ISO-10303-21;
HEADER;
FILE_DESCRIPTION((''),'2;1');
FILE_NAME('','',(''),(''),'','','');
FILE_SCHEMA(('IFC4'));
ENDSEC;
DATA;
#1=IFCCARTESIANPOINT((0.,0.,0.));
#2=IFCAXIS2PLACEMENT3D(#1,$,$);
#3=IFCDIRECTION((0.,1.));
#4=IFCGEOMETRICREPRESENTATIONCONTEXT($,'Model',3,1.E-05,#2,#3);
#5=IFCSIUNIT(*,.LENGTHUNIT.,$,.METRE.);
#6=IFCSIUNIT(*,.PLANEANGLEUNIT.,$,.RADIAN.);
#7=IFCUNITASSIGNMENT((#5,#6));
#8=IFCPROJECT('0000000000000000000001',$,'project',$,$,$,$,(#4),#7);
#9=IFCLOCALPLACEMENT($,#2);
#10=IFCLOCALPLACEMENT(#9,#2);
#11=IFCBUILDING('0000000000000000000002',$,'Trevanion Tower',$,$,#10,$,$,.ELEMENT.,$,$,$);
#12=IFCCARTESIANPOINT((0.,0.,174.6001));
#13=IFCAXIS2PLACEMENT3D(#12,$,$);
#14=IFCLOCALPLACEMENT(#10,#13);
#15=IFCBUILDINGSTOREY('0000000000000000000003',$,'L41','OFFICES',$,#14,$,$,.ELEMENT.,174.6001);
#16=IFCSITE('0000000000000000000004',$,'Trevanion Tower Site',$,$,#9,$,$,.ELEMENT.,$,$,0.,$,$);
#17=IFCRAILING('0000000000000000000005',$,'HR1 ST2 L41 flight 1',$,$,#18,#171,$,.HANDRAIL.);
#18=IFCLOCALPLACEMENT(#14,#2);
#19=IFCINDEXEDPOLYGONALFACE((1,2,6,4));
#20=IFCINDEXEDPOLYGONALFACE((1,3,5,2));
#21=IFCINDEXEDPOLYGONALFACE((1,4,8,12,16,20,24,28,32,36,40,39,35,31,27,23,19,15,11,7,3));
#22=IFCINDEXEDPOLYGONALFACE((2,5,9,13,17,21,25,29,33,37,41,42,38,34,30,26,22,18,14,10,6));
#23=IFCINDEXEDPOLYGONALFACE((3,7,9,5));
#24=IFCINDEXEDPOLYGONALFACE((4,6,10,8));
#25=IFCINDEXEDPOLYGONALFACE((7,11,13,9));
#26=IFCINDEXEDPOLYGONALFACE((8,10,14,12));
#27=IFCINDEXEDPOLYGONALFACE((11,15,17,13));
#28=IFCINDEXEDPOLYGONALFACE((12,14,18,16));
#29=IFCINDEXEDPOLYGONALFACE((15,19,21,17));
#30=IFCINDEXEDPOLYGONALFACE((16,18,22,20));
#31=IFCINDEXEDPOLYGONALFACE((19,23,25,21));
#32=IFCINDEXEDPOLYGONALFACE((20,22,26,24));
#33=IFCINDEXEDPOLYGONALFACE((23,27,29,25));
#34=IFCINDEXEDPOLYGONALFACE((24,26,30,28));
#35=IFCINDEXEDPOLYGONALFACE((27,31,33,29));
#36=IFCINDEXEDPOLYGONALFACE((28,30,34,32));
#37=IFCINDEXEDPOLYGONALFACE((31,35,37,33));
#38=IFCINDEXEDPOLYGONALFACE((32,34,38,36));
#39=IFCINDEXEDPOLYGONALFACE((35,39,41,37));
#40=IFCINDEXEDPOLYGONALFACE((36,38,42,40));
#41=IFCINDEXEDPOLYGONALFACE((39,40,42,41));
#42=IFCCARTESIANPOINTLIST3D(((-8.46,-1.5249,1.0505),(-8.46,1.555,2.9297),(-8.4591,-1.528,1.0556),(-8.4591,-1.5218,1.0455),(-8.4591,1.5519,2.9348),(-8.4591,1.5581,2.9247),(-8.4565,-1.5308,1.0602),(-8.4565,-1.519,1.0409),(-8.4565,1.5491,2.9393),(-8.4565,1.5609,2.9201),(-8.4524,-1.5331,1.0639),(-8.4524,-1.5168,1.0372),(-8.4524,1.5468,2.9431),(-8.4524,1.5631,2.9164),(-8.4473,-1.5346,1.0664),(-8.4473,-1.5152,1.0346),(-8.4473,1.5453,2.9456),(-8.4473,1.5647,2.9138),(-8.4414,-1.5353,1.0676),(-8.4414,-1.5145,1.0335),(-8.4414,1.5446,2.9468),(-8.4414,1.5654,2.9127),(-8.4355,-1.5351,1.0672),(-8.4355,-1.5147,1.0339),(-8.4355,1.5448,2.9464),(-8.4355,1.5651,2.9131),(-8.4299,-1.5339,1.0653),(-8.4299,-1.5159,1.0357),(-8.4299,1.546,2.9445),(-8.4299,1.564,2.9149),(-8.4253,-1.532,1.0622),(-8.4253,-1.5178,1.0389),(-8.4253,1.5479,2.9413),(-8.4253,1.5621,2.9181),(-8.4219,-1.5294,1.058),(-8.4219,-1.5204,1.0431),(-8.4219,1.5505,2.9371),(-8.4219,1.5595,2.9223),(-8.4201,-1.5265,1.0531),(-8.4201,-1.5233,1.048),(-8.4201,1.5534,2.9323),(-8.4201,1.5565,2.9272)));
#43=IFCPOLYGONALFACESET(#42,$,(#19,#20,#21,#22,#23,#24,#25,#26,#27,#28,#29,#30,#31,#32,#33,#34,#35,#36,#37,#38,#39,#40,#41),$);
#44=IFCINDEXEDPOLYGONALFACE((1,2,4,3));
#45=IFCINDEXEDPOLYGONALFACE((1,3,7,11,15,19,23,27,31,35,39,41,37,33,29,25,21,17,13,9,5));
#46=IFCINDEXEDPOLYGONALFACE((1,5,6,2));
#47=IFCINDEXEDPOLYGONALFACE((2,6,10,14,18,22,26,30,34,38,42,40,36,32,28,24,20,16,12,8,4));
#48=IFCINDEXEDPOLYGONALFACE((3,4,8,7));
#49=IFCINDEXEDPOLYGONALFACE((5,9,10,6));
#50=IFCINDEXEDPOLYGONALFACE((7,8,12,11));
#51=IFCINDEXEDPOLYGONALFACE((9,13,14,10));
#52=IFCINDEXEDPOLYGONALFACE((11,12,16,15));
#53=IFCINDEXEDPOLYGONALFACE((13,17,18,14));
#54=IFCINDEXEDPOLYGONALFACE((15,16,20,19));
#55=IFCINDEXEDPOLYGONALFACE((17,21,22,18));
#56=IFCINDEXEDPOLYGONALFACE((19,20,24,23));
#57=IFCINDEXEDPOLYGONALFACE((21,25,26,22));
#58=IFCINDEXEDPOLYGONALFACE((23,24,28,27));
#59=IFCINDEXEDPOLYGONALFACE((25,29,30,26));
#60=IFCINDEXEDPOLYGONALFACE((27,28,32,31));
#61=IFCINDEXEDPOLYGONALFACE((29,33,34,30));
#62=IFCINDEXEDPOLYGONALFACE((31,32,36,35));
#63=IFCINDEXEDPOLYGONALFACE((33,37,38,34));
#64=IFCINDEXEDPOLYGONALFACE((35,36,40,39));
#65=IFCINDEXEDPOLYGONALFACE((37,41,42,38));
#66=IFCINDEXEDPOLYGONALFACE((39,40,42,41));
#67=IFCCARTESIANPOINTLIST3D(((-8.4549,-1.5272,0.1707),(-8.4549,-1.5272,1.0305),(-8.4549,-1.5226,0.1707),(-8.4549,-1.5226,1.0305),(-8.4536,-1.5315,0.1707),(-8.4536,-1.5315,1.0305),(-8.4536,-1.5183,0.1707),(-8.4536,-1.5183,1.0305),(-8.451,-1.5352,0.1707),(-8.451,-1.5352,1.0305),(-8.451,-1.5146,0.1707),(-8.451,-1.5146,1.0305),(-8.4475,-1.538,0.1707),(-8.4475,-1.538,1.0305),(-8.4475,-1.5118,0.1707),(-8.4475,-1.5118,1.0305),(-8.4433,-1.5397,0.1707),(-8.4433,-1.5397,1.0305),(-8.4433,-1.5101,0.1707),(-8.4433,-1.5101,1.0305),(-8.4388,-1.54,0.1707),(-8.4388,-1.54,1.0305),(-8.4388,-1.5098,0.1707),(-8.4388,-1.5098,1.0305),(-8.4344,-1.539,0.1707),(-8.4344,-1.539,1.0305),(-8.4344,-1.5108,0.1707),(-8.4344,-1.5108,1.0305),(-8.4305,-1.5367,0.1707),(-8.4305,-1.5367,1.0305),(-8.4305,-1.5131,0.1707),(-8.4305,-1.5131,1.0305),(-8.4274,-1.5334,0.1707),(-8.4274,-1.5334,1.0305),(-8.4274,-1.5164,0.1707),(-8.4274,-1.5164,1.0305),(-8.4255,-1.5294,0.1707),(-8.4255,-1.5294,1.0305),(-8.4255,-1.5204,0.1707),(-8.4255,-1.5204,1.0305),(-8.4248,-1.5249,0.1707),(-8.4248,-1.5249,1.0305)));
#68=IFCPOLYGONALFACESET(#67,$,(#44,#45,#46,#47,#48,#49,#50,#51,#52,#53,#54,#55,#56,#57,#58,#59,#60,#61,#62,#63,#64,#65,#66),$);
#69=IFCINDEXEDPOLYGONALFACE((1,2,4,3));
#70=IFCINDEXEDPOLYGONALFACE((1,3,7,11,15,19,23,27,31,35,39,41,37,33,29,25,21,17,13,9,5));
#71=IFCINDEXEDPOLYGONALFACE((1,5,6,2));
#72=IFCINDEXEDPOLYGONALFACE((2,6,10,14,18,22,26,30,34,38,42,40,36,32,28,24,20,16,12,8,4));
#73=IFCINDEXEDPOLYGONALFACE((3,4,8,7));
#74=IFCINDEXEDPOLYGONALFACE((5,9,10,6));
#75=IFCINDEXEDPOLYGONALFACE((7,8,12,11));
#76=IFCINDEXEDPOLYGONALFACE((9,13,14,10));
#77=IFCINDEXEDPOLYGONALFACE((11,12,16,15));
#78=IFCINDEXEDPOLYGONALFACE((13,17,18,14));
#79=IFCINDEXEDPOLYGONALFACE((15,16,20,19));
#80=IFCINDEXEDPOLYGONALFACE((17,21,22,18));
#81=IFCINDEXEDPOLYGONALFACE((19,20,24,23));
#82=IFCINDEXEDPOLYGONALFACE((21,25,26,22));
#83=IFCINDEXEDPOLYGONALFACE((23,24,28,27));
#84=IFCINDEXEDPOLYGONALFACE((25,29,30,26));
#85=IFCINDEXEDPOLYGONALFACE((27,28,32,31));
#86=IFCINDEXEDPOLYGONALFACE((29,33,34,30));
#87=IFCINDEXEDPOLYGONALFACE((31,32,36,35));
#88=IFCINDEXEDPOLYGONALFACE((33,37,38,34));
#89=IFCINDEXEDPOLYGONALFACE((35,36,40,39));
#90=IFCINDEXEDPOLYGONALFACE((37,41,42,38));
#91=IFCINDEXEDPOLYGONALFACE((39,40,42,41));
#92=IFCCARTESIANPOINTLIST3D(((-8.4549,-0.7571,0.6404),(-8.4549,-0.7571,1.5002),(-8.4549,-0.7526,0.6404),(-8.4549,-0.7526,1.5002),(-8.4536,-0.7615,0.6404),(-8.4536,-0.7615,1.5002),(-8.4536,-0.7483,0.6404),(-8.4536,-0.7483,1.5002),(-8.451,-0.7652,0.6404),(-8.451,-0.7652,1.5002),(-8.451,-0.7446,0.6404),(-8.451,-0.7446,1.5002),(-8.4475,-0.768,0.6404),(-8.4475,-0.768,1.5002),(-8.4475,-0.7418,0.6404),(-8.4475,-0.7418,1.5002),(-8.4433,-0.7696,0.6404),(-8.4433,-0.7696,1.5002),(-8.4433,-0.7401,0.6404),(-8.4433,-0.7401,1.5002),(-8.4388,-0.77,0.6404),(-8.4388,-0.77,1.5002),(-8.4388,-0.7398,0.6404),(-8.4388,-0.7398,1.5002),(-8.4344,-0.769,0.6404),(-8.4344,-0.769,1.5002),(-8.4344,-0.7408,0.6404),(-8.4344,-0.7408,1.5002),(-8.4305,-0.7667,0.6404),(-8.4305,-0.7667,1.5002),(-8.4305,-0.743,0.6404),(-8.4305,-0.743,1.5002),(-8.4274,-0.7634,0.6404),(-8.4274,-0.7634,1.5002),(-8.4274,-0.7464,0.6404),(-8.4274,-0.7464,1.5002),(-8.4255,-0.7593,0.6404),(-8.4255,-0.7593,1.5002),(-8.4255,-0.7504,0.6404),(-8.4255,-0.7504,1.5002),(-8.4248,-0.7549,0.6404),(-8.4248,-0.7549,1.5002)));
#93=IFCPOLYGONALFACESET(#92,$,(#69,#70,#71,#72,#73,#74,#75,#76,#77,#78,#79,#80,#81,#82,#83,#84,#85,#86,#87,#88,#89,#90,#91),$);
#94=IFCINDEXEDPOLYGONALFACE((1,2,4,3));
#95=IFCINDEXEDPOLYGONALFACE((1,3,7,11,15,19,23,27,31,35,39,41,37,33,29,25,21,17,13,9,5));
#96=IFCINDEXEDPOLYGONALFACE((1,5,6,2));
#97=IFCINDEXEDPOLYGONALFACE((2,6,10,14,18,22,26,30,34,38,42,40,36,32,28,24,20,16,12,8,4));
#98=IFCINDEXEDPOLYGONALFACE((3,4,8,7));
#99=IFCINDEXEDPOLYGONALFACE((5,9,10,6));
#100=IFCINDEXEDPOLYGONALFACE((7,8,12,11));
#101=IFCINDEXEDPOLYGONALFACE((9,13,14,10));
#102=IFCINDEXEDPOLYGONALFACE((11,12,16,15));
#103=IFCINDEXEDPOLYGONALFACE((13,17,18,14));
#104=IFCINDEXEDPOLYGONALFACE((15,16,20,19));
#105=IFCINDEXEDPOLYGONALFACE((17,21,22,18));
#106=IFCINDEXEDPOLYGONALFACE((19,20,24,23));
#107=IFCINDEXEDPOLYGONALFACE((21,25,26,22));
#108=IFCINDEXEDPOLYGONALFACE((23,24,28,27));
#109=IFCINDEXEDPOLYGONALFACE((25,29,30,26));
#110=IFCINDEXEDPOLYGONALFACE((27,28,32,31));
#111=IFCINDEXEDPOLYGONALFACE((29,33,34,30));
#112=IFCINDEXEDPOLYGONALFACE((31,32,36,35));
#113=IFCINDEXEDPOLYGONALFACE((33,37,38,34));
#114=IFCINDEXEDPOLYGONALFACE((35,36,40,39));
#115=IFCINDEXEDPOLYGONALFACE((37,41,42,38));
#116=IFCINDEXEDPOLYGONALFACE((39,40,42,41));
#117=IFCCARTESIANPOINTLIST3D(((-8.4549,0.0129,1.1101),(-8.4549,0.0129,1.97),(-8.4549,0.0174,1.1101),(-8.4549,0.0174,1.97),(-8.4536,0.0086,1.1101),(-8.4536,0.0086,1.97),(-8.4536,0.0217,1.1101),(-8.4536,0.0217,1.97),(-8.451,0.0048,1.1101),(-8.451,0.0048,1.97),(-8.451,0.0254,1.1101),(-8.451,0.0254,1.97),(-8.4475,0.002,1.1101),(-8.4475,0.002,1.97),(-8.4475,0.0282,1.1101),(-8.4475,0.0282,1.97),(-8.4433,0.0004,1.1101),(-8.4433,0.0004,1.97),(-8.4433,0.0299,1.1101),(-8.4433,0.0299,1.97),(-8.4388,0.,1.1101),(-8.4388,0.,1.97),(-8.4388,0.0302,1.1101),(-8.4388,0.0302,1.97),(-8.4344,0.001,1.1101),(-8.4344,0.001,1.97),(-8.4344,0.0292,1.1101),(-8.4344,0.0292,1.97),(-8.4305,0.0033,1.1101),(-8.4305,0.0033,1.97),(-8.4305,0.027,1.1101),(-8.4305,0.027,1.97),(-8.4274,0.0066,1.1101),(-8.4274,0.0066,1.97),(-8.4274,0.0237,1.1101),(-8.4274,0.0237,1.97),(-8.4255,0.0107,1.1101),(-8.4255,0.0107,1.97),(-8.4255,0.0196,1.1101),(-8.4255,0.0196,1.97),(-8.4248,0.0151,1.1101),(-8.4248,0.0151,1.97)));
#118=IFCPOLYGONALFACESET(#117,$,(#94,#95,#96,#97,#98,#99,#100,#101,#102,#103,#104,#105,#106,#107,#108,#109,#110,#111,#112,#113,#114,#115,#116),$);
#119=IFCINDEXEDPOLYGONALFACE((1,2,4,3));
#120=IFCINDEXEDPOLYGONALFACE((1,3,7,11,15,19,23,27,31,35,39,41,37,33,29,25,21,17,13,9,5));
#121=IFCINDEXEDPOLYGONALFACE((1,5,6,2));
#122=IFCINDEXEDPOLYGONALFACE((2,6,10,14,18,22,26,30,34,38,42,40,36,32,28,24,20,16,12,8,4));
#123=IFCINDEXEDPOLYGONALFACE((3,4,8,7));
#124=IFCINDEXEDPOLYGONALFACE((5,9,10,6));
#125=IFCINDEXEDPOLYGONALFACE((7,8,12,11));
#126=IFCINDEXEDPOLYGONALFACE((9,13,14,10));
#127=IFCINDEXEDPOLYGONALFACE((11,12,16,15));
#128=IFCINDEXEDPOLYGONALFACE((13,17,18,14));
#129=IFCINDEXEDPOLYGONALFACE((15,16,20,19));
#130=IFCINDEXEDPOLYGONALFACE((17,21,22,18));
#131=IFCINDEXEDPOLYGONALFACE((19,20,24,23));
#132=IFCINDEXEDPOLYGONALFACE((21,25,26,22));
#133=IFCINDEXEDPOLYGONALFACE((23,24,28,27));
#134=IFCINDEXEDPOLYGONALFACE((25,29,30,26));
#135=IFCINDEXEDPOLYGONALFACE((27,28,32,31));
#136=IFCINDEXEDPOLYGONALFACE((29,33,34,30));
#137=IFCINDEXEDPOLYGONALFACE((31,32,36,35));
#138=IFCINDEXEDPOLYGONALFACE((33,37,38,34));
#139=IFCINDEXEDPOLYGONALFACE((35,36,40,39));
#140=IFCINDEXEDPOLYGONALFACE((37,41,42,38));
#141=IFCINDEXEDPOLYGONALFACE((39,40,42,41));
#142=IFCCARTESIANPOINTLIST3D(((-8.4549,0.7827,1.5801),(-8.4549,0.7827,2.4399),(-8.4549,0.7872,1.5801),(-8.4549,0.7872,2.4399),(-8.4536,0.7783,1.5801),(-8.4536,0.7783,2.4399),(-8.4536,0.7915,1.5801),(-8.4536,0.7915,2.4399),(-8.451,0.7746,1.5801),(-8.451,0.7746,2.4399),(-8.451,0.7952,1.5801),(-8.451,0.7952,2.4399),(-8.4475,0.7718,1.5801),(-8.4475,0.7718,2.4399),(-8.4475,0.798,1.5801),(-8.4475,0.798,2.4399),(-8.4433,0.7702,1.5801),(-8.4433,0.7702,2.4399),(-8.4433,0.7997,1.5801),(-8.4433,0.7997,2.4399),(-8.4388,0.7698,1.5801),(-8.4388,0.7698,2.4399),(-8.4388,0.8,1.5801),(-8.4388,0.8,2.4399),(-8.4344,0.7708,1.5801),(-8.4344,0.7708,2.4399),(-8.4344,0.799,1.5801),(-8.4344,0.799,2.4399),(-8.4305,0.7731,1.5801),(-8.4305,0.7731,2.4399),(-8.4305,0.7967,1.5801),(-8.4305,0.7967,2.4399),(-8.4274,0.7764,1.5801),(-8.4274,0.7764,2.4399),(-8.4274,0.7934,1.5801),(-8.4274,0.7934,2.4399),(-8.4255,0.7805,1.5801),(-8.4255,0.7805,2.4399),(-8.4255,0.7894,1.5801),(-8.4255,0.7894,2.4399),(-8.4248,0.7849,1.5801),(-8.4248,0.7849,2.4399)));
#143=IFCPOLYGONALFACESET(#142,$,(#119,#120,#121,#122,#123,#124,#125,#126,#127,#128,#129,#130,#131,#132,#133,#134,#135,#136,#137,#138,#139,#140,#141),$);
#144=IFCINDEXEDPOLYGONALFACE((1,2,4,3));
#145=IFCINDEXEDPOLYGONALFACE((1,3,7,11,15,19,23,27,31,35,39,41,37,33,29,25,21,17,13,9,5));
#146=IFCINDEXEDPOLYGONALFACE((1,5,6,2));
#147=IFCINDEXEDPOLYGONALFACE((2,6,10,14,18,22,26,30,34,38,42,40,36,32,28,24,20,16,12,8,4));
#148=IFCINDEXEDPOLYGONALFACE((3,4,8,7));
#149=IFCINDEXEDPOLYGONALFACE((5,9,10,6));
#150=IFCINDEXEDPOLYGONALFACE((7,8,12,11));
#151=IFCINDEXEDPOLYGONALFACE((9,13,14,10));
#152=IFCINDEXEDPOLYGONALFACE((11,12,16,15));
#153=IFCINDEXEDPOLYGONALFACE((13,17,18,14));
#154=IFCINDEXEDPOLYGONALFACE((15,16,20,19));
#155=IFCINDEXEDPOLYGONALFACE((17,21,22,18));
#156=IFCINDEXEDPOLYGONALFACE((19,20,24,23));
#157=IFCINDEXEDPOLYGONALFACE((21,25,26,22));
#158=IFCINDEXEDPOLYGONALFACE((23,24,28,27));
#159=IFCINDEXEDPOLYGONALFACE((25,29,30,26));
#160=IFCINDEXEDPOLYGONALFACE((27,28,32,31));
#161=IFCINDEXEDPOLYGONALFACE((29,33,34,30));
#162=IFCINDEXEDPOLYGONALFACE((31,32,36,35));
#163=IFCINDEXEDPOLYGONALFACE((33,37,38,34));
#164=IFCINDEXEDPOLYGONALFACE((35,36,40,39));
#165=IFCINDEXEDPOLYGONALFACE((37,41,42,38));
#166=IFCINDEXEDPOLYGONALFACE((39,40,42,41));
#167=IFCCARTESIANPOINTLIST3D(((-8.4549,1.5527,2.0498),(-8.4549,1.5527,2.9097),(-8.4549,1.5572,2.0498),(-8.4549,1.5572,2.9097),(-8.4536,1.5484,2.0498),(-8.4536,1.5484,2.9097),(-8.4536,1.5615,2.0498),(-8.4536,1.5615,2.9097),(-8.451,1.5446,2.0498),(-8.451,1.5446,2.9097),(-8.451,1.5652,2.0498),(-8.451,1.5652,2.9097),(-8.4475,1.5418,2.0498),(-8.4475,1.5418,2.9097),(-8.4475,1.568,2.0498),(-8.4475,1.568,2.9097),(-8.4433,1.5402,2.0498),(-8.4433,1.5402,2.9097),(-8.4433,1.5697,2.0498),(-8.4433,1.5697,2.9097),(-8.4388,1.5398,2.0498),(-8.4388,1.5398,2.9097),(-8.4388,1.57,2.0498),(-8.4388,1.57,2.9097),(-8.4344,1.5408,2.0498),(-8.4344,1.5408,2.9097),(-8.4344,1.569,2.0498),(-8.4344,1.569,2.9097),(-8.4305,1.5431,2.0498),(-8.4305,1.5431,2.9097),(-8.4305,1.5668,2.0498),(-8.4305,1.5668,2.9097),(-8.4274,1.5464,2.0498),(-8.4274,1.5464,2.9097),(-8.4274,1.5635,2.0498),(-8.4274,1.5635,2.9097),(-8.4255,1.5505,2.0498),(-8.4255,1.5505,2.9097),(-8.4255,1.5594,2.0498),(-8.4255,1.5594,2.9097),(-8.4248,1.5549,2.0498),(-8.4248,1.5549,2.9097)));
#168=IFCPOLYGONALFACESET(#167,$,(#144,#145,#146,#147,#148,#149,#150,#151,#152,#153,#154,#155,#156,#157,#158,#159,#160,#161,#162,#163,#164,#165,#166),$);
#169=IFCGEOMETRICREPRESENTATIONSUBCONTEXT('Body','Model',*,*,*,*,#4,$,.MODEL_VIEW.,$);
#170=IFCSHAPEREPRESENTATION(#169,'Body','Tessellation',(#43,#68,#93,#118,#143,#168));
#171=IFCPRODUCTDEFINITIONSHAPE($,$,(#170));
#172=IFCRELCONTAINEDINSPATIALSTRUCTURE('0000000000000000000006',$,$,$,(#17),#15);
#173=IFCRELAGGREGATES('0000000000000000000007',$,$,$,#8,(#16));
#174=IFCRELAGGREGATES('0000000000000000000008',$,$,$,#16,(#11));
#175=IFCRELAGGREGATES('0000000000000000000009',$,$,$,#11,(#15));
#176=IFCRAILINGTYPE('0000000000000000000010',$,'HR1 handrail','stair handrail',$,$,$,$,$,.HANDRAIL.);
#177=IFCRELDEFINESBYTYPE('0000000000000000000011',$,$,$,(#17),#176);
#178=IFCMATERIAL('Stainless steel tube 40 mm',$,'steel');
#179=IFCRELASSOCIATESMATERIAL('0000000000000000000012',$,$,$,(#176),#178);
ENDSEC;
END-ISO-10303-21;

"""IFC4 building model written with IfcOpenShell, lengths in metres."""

from ifc_helpers import new_model, si_unit, direction, frame, origin, origin_2d, place, context, subcontext, project, spatial, circle, extrude, material, type_object, element, save


model = new_model("IFC4")

# Units and contexts
model_context = context("Model", 3, precision=1e-05, world=origin(), true_north=direction((0.0, 1.0)))
body_context = subcontext(model_context, "Body", "Model", "MODEL_VIEW")
ifc_project = project(units=[si_unit("LENGTHUNIT", "METRE"), si_unit("PLANEANGLEUNIT", "RADIAN")], contexts=[model_context])

# Site, building, storey
site_placement = place(None, origin())
site = spatial("IfcSite", under=ifc_project, at=site_placement, Name="Trevanion Tower Site", CompositionType="ELEMENT", RefElevation=0.0)
building_placement = place(site_placement, origin())
building = spatial("IfcBuilding", under=site, at=building_placement, Name="Trevanion Tower", CompositionType="ELEMENT")
storey_placement = place(building_placement, frame((0.0, 0.0, 174.6001)))
storey = spatial("IfcBuildingStorey", under=building, at=storey_placement, Name="L41", Description="OFFICES", CompositionType="ELEMENT", Elevation=174.6001)

# Railing
ifc_material_1 = material(Name="Stainless steel tube 40 mm", Category="steel")
railing_type = type_object("IfcRailingType", Name="HR1 handrail", Description="stair handrail", PredefinedType="HANDRAIL", material=ifc_material_1)
for number, where, name in (
    (1, (-8.4399, -1.5249, 0.1707), "HR1 ST2 L41 flight 1"),
):
    element("IfcRailing", number, at=place(storey_placement, frame(where)), inside=storey, type_object=railing_type, Name=name, PredefinedType="HANDRAIL", context=body_context, shape_type="SweptSolid", body=[
        extrude(circle(Radius=0.02, at=origin_2d()), frame((0.0, 0.0, 0.8799), z_axis=(0.0, 0.853648, 0.52085), x_axis=(-1.0, 0.0, 0.0)), (0.0, 0.0, 1.0), 3.6079),
        extrude(circle(Radius=0.0151, at=origin_2d()), origin(), (0.0, 0.0, 1.0), 0.8599),
        extrude(circle(Radius=0.0151, at=origin_2d()), frame((0.0, 0.77, 0.4697)), (0.0, 0.0, 1.0), 0.8599),
        extrude(circle(Radius=0.0151, at=origin_2d()), frame((0.0, 1.54, 0.9395)), (0.0, 0.0, 1.0), 0.8599),
        extrude(circle(Radius=0.0151, at=origin_2d()), frame((0.0, 2.3098, 1.4094)), (0.0, 0.0, 1.0), 0.8599),
        extrude(circle(Radius=0.0151, at=origin_2d()), frame((0.0, 3.0798, 1.8792)), (0.0, 0.0, 1.0), 0.8599),
    ])

save(model, "model.ifc")
